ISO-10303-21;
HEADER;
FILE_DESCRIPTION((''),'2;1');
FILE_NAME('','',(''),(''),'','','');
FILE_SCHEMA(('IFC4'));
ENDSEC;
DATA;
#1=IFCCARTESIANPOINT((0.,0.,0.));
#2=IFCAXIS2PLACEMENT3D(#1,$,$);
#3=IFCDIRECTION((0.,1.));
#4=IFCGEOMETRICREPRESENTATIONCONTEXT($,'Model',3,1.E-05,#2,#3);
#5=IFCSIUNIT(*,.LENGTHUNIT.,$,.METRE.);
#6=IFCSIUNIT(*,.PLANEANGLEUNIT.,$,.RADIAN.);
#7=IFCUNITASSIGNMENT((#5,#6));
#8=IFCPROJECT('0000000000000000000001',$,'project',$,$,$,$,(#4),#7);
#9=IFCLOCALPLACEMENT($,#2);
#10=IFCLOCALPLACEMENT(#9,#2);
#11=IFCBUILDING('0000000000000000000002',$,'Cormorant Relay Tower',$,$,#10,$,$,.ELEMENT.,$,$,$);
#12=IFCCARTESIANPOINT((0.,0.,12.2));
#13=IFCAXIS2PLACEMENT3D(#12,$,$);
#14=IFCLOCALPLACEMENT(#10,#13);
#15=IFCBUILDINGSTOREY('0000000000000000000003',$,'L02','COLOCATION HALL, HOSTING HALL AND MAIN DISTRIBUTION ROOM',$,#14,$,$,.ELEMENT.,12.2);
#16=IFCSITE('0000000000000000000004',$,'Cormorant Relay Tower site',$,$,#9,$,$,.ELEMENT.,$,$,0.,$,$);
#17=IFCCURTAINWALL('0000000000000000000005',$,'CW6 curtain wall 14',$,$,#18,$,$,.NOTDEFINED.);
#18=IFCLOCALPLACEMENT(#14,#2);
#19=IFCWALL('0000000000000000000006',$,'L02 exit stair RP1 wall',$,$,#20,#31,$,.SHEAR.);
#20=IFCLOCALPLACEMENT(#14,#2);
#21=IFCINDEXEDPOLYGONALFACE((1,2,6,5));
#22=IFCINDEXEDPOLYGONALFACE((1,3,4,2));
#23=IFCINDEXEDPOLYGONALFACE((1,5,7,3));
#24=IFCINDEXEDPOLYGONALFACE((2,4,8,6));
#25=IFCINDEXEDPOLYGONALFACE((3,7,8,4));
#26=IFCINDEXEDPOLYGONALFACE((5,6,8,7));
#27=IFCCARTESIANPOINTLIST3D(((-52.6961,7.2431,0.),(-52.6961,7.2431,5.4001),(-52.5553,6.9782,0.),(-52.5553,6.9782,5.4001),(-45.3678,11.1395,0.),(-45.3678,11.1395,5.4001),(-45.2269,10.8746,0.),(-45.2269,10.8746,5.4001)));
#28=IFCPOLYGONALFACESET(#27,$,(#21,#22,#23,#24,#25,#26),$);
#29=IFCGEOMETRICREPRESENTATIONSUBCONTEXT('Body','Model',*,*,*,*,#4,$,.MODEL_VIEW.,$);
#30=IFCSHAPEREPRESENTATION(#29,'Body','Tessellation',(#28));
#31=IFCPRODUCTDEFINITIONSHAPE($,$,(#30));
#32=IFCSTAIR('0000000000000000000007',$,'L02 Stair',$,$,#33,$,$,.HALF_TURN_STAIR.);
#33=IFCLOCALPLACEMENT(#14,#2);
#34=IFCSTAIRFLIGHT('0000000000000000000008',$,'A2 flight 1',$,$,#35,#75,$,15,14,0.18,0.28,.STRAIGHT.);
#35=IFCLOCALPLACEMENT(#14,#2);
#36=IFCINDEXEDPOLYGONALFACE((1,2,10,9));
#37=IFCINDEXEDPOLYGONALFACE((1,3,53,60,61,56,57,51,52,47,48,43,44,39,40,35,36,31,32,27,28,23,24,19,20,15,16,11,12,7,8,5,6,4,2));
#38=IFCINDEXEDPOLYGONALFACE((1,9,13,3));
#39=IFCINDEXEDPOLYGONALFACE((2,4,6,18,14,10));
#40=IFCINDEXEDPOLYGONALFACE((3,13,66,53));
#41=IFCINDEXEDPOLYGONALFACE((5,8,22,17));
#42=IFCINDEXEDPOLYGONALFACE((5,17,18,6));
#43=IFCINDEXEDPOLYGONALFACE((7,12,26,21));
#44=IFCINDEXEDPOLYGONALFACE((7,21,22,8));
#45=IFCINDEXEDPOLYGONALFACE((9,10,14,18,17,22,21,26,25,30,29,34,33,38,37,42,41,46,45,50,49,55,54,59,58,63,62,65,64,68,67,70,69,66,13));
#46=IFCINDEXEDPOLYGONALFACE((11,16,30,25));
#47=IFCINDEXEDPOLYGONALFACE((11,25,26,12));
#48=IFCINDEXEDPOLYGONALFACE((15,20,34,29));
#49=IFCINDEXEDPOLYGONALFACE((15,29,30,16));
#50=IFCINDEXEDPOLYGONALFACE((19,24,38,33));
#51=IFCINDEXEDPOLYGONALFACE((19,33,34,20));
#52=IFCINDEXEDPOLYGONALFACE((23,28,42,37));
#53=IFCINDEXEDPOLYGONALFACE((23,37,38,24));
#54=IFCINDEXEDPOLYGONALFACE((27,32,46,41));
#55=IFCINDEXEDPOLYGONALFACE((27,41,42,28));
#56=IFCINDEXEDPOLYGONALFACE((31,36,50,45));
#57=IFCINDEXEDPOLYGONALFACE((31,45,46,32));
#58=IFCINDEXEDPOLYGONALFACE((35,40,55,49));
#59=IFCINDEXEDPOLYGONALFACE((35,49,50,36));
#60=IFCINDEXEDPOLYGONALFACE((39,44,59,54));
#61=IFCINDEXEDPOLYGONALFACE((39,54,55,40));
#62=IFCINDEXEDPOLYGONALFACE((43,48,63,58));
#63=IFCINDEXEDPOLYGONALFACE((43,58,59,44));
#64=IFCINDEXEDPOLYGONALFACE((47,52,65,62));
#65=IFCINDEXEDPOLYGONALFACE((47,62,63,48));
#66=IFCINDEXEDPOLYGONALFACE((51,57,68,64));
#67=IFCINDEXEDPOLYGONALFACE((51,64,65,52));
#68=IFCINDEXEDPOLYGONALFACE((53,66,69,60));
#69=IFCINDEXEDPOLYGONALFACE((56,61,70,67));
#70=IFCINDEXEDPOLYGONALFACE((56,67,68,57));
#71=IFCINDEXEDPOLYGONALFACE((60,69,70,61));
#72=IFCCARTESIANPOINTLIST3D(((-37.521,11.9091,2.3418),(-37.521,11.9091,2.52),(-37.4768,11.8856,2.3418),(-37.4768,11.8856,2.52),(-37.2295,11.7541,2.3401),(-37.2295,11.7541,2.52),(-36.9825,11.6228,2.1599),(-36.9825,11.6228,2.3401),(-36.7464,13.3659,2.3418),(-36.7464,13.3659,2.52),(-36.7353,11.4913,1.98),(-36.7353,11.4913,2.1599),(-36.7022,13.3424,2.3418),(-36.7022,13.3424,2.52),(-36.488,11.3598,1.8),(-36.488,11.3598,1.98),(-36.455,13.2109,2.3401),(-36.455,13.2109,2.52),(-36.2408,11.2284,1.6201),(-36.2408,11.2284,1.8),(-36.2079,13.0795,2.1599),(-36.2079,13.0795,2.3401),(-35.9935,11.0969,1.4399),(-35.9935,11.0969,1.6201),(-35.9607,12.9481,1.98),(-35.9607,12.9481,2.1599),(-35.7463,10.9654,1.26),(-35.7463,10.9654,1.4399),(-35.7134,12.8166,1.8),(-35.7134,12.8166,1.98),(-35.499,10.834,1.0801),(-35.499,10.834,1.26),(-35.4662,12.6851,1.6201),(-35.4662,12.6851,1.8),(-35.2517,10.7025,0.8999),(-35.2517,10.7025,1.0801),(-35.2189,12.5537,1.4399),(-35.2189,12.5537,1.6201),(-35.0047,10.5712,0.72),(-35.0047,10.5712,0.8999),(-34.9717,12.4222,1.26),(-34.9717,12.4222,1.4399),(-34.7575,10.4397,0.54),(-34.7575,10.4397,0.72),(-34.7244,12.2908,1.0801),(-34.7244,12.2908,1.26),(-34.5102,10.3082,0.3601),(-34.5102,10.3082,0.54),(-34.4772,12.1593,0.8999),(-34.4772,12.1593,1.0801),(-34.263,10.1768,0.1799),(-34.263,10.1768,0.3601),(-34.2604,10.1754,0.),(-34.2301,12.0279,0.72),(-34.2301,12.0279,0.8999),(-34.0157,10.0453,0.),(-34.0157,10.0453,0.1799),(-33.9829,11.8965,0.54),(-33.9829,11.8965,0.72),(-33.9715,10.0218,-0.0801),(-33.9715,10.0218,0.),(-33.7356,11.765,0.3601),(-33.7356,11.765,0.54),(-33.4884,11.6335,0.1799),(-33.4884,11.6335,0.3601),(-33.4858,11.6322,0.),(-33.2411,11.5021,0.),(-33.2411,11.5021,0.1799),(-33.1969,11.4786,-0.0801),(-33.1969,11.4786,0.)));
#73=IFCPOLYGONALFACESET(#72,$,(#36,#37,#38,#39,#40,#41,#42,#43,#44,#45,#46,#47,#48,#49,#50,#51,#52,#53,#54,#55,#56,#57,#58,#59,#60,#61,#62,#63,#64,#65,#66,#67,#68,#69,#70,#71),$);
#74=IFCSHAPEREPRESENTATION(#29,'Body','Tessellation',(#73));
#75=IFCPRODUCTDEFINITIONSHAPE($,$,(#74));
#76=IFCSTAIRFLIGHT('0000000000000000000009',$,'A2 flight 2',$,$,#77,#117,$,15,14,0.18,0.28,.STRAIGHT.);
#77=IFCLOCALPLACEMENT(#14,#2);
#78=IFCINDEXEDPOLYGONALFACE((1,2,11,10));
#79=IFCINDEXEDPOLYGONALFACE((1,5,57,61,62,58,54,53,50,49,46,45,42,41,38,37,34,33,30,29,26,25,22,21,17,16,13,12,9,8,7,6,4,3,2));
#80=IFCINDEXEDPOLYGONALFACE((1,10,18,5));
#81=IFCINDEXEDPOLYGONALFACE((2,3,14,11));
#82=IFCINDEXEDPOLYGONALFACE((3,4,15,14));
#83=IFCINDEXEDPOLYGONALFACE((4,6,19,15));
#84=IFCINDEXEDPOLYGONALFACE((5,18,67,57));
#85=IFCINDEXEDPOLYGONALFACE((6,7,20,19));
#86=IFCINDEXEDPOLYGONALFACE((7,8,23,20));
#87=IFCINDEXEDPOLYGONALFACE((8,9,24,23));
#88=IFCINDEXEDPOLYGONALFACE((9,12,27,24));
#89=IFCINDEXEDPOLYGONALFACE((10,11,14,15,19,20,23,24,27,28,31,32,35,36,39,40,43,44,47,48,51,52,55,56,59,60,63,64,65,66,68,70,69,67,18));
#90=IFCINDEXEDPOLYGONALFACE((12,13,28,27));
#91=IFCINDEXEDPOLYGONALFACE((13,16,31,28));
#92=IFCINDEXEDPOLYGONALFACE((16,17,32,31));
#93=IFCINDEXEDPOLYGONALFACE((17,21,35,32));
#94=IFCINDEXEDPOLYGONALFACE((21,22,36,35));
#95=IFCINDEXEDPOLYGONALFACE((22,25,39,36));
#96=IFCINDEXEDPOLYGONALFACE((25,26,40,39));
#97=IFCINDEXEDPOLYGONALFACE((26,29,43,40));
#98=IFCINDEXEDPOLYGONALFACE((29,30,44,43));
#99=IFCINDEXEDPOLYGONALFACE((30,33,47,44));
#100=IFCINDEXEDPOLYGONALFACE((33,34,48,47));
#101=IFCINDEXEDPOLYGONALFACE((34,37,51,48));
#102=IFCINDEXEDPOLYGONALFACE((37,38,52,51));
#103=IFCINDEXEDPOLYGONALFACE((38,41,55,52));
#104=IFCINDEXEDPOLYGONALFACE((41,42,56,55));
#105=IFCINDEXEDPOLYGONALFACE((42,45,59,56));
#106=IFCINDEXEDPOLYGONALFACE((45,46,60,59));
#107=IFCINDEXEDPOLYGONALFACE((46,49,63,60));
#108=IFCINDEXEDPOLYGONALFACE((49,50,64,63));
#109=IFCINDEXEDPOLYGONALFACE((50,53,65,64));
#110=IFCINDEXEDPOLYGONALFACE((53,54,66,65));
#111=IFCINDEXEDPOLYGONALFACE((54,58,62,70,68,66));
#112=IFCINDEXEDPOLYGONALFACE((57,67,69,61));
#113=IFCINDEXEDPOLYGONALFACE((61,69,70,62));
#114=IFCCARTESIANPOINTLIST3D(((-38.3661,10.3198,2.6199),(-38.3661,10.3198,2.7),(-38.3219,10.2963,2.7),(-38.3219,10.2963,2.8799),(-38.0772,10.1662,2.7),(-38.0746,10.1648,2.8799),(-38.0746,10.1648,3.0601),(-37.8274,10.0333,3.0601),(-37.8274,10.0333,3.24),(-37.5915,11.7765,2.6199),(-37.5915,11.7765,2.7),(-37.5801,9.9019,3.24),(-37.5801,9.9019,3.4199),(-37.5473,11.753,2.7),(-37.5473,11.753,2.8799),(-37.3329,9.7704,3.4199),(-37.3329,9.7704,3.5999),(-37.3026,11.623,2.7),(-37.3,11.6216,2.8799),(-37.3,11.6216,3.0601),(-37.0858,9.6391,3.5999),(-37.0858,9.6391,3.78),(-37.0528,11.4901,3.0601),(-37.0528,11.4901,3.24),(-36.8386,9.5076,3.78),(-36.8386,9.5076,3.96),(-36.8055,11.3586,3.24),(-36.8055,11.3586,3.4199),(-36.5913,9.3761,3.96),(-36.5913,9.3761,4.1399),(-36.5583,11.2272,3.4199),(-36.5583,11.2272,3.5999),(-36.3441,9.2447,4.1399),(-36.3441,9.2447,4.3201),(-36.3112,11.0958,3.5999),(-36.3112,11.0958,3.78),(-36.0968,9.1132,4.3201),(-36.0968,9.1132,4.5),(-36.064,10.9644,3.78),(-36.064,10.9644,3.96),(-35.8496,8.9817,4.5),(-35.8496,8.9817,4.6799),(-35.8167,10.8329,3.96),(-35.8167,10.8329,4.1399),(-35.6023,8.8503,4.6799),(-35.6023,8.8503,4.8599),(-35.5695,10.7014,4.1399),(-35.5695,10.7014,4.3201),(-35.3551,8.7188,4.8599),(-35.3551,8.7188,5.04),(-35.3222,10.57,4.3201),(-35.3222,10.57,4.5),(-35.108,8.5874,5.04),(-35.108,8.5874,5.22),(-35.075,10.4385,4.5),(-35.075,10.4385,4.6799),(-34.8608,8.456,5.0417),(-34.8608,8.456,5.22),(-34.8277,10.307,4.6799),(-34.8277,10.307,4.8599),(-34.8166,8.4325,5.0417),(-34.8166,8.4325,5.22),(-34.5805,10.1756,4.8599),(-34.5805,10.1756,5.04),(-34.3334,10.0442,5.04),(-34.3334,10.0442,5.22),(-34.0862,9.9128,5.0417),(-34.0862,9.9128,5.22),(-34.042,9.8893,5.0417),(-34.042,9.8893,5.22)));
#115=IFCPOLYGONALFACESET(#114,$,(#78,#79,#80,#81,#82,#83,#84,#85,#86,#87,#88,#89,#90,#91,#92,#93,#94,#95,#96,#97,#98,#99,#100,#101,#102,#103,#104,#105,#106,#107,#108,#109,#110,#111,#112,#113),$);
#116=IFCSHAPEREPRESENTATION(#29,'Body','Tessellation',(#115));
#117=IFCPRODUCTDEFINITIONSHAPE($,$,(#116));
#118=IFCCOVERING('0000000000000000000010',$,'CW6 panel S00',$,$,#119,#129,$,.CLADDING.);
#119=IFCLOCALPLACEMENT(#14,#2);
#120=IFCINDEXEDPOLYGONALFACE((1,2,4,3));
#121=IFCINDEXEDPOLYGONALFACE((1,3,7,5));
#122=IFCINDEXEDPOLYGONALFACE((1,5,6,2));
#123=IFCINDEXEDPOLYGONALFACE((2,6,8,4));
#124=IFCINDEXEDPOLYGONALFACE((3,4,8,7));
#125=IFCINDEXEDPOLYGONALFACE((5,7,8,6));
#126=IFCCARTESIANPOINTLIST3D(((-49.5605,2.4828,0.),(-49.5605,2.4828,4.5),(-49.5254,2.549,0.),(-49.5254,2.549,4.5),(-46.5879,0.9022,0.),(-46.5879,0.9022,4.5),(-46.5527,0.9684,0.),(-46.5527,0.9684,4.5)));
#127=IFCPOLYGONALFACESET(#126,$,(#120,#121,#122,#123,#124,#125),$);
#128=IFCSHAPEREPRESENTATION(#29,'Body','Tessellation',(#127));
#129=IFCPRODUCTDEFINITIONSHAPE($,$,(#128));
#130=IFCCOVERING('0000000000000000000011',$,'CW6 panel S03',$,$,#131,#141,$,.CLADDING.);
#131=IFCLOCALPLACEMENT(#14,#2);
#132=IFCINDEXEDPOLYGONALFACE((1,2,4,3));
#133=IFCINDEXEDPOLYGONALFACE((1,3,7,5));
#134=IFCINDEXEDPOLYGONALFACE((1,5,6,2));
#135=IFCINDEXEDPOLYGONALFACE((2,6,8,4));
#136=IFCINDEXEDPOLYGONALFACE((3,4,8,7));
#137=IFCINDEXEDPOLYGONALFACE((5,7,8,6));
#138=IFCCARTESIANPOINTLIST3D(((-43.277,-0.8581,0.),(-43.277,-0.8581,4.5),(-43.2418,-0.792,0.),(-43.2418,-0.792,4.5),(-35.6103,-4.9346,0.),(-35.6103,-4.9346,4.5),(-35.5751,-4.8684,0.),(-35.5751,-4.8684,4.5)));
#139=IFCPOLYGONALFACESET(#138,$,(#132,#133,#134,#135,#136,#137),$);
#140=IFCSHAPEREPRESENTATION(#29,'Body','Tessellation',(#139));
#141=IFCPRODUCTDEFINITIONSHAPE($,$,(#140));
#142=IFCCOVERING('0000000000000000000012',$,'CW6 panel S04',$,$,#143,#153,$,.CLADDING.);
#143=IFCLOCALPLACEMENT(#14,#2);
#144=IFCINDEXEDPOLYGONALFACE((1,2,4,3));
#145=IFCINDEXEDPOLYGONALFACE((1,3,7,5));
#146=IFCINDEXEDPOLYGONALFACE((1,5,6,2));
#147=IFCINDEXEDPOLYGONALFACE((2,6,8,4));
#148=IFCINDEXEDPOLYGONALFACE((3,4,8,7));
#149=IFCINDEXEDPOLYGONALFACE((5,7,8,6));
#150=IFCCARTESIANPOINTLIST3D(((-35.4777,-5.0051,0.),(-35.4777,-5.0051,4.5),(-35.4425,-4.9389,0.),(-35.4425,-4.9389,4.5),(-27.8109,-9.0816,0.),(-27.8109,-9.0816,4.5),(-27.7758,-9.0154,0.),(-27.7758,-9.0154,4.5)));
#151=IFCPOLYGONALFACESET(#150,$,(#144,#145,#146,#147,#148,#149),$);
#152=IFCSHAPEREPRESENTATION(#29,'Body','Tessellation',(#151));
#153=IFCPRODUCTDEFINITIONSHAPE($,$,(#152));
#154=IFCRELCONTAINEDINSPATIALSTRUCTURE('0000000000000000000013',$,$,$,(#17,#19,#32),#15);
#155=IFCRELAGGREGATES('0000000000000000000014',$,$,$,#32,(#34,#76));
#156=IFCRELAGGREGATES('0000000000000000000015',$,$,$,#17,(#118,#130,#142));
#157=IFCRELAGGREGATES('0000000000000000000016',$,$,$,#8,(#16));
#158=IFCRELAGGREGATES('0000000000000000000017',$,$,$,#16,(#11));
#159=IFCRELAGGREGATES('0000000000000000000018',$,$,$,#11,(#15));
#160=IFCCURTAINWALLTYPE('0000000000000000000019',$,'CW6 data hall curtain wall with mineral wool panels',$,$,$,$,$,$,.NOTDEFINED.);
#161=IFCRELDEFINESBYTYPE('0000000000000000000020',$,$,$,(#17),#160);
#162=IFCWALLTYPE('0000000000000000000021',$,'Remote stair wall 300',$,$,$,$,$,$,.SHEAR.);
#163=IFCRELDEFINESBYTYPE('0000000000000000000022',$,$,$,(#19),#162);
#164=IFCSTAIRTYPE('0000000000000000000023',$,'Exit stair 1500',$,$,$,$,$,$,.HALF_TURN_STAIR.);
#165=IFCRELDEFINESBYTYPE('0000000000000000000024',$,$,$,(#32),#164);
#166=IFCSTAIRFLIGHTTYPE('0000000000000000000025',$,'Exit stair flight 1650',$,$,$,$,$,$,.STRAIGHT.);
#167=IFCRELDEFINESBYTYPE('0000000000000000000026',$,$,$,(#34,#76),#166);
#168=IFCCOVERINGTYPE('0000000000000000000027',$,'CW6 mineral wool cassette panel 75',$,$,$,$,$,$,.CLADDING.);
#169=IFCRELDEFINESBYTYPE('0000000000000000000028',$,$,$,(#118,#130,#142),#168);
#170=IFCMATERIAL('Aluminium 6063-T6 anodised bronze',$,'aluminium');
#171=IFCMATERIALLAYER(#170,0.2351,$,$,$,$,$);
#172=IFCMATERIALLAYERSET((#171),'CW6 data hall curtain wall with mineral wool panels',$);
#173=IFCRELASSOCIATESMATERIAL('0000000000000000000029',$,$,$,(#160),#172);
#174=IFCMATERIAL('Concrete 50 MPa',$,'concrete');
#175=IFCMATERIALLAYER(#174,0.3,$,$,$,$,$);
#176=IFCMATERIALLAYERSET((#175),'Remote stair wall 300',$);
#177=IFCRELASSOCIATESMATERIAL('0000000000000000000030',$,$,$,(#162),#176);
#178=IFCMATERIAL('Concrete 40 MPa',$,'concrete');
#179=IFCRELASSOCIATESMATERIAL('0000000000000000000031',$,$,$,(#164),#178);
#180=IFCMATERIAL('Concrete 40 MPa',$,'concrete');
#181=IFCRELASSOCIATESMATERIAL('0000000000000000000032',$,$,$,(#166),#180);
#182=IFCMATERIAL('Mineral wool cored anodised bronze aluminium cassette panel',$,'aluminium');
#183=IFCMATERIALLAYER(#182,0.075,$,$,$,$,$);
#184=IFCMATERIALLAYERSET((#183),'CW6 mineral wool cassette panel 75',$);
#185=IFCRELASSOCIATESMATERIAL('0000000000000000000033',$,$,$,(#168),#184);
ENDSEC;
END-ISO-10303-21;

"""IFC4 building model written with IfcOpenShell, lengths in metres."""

from ifc_helpers import new_model, si_unit, direction, frame, frame_2d, origin, origin_2d, place, context, subcontext, project, spatial, polyline, rectangle, outline, extrude, material, layer, layer_set, type_object, element, aggregate, save


model = new_model("IFC4")

# Units and contexts
model_context = context("Model", 3, precision=1e-05, world=origin(), true_north=direction((0.0, 1.0)))
body_context = subcontext(model_context, "Body", "Model", "MODEL_VIEW")
ifc_project = project(units=[si_unit("LENGTHUNIT", "METRE"), si_unit("PLANEANGLEUNIT", "RADIAN")], contexts=[model_context])

# Site, building, storey
site_placement = place(None, origin())
site = spatial("IfcSite", under=ifc_project, at=site_placement, Name="Cormorant Relay Tower site", CompositionType="ELEMENT", RefElevation=0.0)
building_placement = place(site_placement, origin())
building = spatial("IfcBuilding", under=site, at=building_placement, Name="Cormorant Relay Tower", CompositionType="ELEMENT")
storey_placement = place(building_placement, frame((0.0, 0.0, 12.2)))
storey = spatial("IfcBuildingStorey", under=building, at=storey_placement, Name="L02", Description="COLOCATION HALL, HOSTING HALL AND MAIN DISTRIBUTION ROOM", CompositionType="ELEMENT", Elevation=12.2)

# Curtain wall
ifc_material_1 = material(Name="Aluminium 6063-T6 anodised bronze", Category="aluminium")
ifc_layer_1 = layer(ifc_material_1, 0.2351)
ifc_layer_set_1 = layer_set([ifc_layer_1], Name="CW6 data hall curtain wall with mineral wool panels")
curtain_wall_type = type_object("IfcCurtainWallType", Name="CW6 data hall curtain wall with mineral wool panels", PredefinedType="NOTDEFINED", material=ifc_layer_set_1)
curtain_wall_placement = place(storey_placement, origin())
curtain_wall = element("IfcCurtainWall", 1, at=curtain_wall_placement, inside=storey, type_object=curtain_wall_type, Name="CW6 curtain wall 14", PredefinedType="NOTDEFINED")

# Wall
ifc_material_2 = material(Name="Concrete 50 MPa", Category="concrete")
ifc_layer_2 = layer(ifc_material_2, 0.3)
ifc_layer_set_2 = layer_set([ifc_layer_2], Name="Remote stair wall 300")
wall_type_1 = type_object("IfcWallType", Name="Remote stair wall 300", PredefinedType="SHEAR", material=ifc_layer_set_2)
wall_1_placement = place(storey_placement, frame((-45.2974, 11.0071, 0.0), z_axis=(0.0, 0.0, 1.0), x_axis=(-0.882952, -0.469464, 0.0)))
element("IfcWall", 2, at=wall_1_placement, inside=storey, type_object=wall_type_1, Name="L02 exit stair RP1 wall", PredefinedType="SHEAR", context=body_context, shape_type="SweptSolid", body=[
    extrude(rectangle(XDim=8.2998, YDim=0.3, at=frame_2d((4.1499, 0.0))), origin(), (0.0, 0.0, 1.0), 5.4001),
])

# Stair, stair flights
ifc_material_3 = material(Name="Concrete 40 MPa", Category="concrete")
stair_type = type_object("IfcStairType", Name="Exit stair 1500", PredefinedType="HALF_TURN_STAIR", material=ifc_material_3)
stair_placement = place(storey_placement, origin())
stair = element("IfcStair", 3, at=stair_placement, inside=storey, type_object=stair_type, Name="L02 Stair", PredefinedType="HALF_TURN_STAIR")
ifc_material_4 = material(Name="Concrete 40 MPa", Category="concrete")
stair_flight_type = type_object("IfcStairFlightType", Name="Exit stair flight 1650", PredefinedType="STRAIGHT", material=ifc_material_4)
stair_flight_1_placement = place(storey_placement, frame((-33.6284, 10.7737, 0.0), z_axis=(0.0, 0.0, 1.0), x_axis=(-0.882948, 0.469472, 0.0)))
stair_flight_1 = element("IfcStairFlight", 4, at=stair_flight_1_placement, type_object=stair_flight_type, Name="A2 flight 1", NumberOfRisers=15, NumberOfTreads=14, PredefinedType="STRAIGHT", RiserHeight=0.18, TreadLength=0.28, context=body_context, shape_type="SweptSolid", body=[
    extrude(outline(polyline([(-0.05, -0.0801), (-0.05, 0.0), (0.0, 0.0), (0.0, 0.1799), (0.28, 0.1799), (0.28, 0.3601), (0.5601, 0.3601), (0.5601, 0.54), (0.8401, 0.54), (0.8401, 0.72), (1.1201, 0.72), (1.1201, 0.8999), (1.3999, 0.8999), (1.3999, 1.0801), (1.6799, 1.0801), (1.6799, 1.26), (1.96, 1.26), (1.96, 1.4399), (2.24, 1.4399), (2.24, 1.6201), (2.52, 1.6201), (2.52, 1.8), (2.8, 1.8), (2.8, 1.98), (3.0801, 1.98), (3.0801, 2.1599), (3.3601, 2.1599), (3.3601, 2.3401), (3.6399, 2.3401), (3.6399, 2.52), (3.9199, 2.52), (3.97, 2.52), (3.97, 2.3418), (3.9199, 2.3418), (0.2771, 0.0), (-0.05, -0.0801)])), frame((0.0, 0.825, 0.0), z_axis=(0.0, -1.0, 0.0), x_axis=(1.0, 0.0, 0.0)), (0.0, 0.0, 1.0), 1.6499),
])
stair_flight_2_placement = place(storey_placement, frame((-37.9346, 11.0247, 2.7), z_axis=(0.0, 0.0, 1.0), x_axis=(0.882948, -0.469472, 0.0)))
stair_flight_2 = element("IfcStairFlight", 5, at=stair_flight_2_placement, type_object=stair_flight_type, Name="A2 flight 2", NumberOfRisers=15, NumberOfTreads=14, PredefinedType="STRAIGHT", RiserHeight=0.18, TreadLength=0.28, context=body_context, shape_type="SweptSolid", body=[
    extrude(outline(polyline([(-0.05, -0.0801), (-0.05, 0.0), (0.0, 0.0), (0.0, 0.1799), (0.28, 0.1799), (0.28, 0.3601), (0.5601, 0.3601), (0.5601, 0.54), (0.8401, 0.54), (0.8401, 0.72), (1.1201, 0.72), (1.1201, 0.8999), (1.3999, 0.8999), (1.3999, 1.0801), (1.6799, 1.0801), (1.6799, 1.26), (1.96, 1.26), (1.96, 1.4399), (2.24, 1.4399), (2.24, 1.6201), (2.52, 1.6201), (2.52, 1.8), (2.8, 1.8), (2.8, 1.98), (3.0801, 1.98), (3.0801, 2.1599), (3.3601, 2.1599), (3.3601, 2.3401), (3.6399, 2.3401), (3.6399, 2.52), (3.9199, 2.52), (3.97, 2.52), (3.97, 2.3418), (3.9199, 2.3418), (0.2771, 0.0), (-0.05, -0.0801)])), frame((0.0, 0.825, 0.0), z_axis=(0.0, -1.0, 0.0), x_axis=(1.0, 0.0, 0.0)), (0.0, 0.0, 1.0), 1.6499),
])
aggregate(stair, [stair_flight_1, stair_flight_2])

# Coverings
ifc_material_5 = material(Name="Mineral wool cored anodised bronze aluminium cassette panel", Category="aluminium")
ifc_layer_3 = layer(ifc_material_5, 0.075)
ifc_layer_set_3 = layer_set([ifc_layer_3], Name="CW6 mineral wool cassette panel 75")
covering_type = type_object("IfcCoveringType", Name="CW6 mineral wool cassette panel 75", PredefinedType="CLADDING", material=ifc_layer_set_3)
covering_1_placement = place(storey_placement, frame((-48.0566, 1.7256, 0.0), z_axis=(0.0, 0.0, 1.0), x_axis=(0.882948, -0.469472, 0.0)))
covering_1 = element("IfcCovering", 6, at=covering_1_placement, type_object=covering_type, Name="CW6 panel S00", PredefinedType="CLADDING", context=body_context, shape_type="SweptSolid", body=[
    extrude(rectangle(XDim=3.3667, YDim=0.075, at=origin_2d()), origin(), (0.0, 0.0, 1.0), 4.5),
])
covering_2_placement = place(storey_placement, frame((-39.426, -2.8633, 0.0), z_axis=(0.0, 0.0, 1.0), x_axis=(0.882948, -0.469472, 0.0)))
covering_2 = element("IfcCovering", 7, at=covering_2_placement, type_object=covering_type, Name="CW6 panel S03", PredefinedType="CLADDING", context=body_context, shape_type="SweptSolid", body=[
    extrude(rectangle(XDim=8.6831, YDim=0.075, at=origin_2d()), origin(), (0.0, 0.0, 1.0), 4.5),
])
covering_3_placement = place(storey_placement, frame((-31.6267, -7.0103, 0.0), z_axis=(0.0, 0.0, 1.0), x_axis=(0.882948, -0.469472, 0.0)))
covering_3 = element("IfcCovering", 8, at=covering_3_placement, type_object=covering_type, Name="CW6 panel S04", PredefinedType="CLADDING", context=body_context, shape_type="SweptSolid", body=[
    extrude(rectangle(XDim=8.6831, YDim=0.075, at=origin_2d()), origin(), (0.0, 0.0, 1.0), 4.5),
])
aggregate(curtain_wall, [covering_1, covering_2, covering_3])

save(model, "model.ifc")
